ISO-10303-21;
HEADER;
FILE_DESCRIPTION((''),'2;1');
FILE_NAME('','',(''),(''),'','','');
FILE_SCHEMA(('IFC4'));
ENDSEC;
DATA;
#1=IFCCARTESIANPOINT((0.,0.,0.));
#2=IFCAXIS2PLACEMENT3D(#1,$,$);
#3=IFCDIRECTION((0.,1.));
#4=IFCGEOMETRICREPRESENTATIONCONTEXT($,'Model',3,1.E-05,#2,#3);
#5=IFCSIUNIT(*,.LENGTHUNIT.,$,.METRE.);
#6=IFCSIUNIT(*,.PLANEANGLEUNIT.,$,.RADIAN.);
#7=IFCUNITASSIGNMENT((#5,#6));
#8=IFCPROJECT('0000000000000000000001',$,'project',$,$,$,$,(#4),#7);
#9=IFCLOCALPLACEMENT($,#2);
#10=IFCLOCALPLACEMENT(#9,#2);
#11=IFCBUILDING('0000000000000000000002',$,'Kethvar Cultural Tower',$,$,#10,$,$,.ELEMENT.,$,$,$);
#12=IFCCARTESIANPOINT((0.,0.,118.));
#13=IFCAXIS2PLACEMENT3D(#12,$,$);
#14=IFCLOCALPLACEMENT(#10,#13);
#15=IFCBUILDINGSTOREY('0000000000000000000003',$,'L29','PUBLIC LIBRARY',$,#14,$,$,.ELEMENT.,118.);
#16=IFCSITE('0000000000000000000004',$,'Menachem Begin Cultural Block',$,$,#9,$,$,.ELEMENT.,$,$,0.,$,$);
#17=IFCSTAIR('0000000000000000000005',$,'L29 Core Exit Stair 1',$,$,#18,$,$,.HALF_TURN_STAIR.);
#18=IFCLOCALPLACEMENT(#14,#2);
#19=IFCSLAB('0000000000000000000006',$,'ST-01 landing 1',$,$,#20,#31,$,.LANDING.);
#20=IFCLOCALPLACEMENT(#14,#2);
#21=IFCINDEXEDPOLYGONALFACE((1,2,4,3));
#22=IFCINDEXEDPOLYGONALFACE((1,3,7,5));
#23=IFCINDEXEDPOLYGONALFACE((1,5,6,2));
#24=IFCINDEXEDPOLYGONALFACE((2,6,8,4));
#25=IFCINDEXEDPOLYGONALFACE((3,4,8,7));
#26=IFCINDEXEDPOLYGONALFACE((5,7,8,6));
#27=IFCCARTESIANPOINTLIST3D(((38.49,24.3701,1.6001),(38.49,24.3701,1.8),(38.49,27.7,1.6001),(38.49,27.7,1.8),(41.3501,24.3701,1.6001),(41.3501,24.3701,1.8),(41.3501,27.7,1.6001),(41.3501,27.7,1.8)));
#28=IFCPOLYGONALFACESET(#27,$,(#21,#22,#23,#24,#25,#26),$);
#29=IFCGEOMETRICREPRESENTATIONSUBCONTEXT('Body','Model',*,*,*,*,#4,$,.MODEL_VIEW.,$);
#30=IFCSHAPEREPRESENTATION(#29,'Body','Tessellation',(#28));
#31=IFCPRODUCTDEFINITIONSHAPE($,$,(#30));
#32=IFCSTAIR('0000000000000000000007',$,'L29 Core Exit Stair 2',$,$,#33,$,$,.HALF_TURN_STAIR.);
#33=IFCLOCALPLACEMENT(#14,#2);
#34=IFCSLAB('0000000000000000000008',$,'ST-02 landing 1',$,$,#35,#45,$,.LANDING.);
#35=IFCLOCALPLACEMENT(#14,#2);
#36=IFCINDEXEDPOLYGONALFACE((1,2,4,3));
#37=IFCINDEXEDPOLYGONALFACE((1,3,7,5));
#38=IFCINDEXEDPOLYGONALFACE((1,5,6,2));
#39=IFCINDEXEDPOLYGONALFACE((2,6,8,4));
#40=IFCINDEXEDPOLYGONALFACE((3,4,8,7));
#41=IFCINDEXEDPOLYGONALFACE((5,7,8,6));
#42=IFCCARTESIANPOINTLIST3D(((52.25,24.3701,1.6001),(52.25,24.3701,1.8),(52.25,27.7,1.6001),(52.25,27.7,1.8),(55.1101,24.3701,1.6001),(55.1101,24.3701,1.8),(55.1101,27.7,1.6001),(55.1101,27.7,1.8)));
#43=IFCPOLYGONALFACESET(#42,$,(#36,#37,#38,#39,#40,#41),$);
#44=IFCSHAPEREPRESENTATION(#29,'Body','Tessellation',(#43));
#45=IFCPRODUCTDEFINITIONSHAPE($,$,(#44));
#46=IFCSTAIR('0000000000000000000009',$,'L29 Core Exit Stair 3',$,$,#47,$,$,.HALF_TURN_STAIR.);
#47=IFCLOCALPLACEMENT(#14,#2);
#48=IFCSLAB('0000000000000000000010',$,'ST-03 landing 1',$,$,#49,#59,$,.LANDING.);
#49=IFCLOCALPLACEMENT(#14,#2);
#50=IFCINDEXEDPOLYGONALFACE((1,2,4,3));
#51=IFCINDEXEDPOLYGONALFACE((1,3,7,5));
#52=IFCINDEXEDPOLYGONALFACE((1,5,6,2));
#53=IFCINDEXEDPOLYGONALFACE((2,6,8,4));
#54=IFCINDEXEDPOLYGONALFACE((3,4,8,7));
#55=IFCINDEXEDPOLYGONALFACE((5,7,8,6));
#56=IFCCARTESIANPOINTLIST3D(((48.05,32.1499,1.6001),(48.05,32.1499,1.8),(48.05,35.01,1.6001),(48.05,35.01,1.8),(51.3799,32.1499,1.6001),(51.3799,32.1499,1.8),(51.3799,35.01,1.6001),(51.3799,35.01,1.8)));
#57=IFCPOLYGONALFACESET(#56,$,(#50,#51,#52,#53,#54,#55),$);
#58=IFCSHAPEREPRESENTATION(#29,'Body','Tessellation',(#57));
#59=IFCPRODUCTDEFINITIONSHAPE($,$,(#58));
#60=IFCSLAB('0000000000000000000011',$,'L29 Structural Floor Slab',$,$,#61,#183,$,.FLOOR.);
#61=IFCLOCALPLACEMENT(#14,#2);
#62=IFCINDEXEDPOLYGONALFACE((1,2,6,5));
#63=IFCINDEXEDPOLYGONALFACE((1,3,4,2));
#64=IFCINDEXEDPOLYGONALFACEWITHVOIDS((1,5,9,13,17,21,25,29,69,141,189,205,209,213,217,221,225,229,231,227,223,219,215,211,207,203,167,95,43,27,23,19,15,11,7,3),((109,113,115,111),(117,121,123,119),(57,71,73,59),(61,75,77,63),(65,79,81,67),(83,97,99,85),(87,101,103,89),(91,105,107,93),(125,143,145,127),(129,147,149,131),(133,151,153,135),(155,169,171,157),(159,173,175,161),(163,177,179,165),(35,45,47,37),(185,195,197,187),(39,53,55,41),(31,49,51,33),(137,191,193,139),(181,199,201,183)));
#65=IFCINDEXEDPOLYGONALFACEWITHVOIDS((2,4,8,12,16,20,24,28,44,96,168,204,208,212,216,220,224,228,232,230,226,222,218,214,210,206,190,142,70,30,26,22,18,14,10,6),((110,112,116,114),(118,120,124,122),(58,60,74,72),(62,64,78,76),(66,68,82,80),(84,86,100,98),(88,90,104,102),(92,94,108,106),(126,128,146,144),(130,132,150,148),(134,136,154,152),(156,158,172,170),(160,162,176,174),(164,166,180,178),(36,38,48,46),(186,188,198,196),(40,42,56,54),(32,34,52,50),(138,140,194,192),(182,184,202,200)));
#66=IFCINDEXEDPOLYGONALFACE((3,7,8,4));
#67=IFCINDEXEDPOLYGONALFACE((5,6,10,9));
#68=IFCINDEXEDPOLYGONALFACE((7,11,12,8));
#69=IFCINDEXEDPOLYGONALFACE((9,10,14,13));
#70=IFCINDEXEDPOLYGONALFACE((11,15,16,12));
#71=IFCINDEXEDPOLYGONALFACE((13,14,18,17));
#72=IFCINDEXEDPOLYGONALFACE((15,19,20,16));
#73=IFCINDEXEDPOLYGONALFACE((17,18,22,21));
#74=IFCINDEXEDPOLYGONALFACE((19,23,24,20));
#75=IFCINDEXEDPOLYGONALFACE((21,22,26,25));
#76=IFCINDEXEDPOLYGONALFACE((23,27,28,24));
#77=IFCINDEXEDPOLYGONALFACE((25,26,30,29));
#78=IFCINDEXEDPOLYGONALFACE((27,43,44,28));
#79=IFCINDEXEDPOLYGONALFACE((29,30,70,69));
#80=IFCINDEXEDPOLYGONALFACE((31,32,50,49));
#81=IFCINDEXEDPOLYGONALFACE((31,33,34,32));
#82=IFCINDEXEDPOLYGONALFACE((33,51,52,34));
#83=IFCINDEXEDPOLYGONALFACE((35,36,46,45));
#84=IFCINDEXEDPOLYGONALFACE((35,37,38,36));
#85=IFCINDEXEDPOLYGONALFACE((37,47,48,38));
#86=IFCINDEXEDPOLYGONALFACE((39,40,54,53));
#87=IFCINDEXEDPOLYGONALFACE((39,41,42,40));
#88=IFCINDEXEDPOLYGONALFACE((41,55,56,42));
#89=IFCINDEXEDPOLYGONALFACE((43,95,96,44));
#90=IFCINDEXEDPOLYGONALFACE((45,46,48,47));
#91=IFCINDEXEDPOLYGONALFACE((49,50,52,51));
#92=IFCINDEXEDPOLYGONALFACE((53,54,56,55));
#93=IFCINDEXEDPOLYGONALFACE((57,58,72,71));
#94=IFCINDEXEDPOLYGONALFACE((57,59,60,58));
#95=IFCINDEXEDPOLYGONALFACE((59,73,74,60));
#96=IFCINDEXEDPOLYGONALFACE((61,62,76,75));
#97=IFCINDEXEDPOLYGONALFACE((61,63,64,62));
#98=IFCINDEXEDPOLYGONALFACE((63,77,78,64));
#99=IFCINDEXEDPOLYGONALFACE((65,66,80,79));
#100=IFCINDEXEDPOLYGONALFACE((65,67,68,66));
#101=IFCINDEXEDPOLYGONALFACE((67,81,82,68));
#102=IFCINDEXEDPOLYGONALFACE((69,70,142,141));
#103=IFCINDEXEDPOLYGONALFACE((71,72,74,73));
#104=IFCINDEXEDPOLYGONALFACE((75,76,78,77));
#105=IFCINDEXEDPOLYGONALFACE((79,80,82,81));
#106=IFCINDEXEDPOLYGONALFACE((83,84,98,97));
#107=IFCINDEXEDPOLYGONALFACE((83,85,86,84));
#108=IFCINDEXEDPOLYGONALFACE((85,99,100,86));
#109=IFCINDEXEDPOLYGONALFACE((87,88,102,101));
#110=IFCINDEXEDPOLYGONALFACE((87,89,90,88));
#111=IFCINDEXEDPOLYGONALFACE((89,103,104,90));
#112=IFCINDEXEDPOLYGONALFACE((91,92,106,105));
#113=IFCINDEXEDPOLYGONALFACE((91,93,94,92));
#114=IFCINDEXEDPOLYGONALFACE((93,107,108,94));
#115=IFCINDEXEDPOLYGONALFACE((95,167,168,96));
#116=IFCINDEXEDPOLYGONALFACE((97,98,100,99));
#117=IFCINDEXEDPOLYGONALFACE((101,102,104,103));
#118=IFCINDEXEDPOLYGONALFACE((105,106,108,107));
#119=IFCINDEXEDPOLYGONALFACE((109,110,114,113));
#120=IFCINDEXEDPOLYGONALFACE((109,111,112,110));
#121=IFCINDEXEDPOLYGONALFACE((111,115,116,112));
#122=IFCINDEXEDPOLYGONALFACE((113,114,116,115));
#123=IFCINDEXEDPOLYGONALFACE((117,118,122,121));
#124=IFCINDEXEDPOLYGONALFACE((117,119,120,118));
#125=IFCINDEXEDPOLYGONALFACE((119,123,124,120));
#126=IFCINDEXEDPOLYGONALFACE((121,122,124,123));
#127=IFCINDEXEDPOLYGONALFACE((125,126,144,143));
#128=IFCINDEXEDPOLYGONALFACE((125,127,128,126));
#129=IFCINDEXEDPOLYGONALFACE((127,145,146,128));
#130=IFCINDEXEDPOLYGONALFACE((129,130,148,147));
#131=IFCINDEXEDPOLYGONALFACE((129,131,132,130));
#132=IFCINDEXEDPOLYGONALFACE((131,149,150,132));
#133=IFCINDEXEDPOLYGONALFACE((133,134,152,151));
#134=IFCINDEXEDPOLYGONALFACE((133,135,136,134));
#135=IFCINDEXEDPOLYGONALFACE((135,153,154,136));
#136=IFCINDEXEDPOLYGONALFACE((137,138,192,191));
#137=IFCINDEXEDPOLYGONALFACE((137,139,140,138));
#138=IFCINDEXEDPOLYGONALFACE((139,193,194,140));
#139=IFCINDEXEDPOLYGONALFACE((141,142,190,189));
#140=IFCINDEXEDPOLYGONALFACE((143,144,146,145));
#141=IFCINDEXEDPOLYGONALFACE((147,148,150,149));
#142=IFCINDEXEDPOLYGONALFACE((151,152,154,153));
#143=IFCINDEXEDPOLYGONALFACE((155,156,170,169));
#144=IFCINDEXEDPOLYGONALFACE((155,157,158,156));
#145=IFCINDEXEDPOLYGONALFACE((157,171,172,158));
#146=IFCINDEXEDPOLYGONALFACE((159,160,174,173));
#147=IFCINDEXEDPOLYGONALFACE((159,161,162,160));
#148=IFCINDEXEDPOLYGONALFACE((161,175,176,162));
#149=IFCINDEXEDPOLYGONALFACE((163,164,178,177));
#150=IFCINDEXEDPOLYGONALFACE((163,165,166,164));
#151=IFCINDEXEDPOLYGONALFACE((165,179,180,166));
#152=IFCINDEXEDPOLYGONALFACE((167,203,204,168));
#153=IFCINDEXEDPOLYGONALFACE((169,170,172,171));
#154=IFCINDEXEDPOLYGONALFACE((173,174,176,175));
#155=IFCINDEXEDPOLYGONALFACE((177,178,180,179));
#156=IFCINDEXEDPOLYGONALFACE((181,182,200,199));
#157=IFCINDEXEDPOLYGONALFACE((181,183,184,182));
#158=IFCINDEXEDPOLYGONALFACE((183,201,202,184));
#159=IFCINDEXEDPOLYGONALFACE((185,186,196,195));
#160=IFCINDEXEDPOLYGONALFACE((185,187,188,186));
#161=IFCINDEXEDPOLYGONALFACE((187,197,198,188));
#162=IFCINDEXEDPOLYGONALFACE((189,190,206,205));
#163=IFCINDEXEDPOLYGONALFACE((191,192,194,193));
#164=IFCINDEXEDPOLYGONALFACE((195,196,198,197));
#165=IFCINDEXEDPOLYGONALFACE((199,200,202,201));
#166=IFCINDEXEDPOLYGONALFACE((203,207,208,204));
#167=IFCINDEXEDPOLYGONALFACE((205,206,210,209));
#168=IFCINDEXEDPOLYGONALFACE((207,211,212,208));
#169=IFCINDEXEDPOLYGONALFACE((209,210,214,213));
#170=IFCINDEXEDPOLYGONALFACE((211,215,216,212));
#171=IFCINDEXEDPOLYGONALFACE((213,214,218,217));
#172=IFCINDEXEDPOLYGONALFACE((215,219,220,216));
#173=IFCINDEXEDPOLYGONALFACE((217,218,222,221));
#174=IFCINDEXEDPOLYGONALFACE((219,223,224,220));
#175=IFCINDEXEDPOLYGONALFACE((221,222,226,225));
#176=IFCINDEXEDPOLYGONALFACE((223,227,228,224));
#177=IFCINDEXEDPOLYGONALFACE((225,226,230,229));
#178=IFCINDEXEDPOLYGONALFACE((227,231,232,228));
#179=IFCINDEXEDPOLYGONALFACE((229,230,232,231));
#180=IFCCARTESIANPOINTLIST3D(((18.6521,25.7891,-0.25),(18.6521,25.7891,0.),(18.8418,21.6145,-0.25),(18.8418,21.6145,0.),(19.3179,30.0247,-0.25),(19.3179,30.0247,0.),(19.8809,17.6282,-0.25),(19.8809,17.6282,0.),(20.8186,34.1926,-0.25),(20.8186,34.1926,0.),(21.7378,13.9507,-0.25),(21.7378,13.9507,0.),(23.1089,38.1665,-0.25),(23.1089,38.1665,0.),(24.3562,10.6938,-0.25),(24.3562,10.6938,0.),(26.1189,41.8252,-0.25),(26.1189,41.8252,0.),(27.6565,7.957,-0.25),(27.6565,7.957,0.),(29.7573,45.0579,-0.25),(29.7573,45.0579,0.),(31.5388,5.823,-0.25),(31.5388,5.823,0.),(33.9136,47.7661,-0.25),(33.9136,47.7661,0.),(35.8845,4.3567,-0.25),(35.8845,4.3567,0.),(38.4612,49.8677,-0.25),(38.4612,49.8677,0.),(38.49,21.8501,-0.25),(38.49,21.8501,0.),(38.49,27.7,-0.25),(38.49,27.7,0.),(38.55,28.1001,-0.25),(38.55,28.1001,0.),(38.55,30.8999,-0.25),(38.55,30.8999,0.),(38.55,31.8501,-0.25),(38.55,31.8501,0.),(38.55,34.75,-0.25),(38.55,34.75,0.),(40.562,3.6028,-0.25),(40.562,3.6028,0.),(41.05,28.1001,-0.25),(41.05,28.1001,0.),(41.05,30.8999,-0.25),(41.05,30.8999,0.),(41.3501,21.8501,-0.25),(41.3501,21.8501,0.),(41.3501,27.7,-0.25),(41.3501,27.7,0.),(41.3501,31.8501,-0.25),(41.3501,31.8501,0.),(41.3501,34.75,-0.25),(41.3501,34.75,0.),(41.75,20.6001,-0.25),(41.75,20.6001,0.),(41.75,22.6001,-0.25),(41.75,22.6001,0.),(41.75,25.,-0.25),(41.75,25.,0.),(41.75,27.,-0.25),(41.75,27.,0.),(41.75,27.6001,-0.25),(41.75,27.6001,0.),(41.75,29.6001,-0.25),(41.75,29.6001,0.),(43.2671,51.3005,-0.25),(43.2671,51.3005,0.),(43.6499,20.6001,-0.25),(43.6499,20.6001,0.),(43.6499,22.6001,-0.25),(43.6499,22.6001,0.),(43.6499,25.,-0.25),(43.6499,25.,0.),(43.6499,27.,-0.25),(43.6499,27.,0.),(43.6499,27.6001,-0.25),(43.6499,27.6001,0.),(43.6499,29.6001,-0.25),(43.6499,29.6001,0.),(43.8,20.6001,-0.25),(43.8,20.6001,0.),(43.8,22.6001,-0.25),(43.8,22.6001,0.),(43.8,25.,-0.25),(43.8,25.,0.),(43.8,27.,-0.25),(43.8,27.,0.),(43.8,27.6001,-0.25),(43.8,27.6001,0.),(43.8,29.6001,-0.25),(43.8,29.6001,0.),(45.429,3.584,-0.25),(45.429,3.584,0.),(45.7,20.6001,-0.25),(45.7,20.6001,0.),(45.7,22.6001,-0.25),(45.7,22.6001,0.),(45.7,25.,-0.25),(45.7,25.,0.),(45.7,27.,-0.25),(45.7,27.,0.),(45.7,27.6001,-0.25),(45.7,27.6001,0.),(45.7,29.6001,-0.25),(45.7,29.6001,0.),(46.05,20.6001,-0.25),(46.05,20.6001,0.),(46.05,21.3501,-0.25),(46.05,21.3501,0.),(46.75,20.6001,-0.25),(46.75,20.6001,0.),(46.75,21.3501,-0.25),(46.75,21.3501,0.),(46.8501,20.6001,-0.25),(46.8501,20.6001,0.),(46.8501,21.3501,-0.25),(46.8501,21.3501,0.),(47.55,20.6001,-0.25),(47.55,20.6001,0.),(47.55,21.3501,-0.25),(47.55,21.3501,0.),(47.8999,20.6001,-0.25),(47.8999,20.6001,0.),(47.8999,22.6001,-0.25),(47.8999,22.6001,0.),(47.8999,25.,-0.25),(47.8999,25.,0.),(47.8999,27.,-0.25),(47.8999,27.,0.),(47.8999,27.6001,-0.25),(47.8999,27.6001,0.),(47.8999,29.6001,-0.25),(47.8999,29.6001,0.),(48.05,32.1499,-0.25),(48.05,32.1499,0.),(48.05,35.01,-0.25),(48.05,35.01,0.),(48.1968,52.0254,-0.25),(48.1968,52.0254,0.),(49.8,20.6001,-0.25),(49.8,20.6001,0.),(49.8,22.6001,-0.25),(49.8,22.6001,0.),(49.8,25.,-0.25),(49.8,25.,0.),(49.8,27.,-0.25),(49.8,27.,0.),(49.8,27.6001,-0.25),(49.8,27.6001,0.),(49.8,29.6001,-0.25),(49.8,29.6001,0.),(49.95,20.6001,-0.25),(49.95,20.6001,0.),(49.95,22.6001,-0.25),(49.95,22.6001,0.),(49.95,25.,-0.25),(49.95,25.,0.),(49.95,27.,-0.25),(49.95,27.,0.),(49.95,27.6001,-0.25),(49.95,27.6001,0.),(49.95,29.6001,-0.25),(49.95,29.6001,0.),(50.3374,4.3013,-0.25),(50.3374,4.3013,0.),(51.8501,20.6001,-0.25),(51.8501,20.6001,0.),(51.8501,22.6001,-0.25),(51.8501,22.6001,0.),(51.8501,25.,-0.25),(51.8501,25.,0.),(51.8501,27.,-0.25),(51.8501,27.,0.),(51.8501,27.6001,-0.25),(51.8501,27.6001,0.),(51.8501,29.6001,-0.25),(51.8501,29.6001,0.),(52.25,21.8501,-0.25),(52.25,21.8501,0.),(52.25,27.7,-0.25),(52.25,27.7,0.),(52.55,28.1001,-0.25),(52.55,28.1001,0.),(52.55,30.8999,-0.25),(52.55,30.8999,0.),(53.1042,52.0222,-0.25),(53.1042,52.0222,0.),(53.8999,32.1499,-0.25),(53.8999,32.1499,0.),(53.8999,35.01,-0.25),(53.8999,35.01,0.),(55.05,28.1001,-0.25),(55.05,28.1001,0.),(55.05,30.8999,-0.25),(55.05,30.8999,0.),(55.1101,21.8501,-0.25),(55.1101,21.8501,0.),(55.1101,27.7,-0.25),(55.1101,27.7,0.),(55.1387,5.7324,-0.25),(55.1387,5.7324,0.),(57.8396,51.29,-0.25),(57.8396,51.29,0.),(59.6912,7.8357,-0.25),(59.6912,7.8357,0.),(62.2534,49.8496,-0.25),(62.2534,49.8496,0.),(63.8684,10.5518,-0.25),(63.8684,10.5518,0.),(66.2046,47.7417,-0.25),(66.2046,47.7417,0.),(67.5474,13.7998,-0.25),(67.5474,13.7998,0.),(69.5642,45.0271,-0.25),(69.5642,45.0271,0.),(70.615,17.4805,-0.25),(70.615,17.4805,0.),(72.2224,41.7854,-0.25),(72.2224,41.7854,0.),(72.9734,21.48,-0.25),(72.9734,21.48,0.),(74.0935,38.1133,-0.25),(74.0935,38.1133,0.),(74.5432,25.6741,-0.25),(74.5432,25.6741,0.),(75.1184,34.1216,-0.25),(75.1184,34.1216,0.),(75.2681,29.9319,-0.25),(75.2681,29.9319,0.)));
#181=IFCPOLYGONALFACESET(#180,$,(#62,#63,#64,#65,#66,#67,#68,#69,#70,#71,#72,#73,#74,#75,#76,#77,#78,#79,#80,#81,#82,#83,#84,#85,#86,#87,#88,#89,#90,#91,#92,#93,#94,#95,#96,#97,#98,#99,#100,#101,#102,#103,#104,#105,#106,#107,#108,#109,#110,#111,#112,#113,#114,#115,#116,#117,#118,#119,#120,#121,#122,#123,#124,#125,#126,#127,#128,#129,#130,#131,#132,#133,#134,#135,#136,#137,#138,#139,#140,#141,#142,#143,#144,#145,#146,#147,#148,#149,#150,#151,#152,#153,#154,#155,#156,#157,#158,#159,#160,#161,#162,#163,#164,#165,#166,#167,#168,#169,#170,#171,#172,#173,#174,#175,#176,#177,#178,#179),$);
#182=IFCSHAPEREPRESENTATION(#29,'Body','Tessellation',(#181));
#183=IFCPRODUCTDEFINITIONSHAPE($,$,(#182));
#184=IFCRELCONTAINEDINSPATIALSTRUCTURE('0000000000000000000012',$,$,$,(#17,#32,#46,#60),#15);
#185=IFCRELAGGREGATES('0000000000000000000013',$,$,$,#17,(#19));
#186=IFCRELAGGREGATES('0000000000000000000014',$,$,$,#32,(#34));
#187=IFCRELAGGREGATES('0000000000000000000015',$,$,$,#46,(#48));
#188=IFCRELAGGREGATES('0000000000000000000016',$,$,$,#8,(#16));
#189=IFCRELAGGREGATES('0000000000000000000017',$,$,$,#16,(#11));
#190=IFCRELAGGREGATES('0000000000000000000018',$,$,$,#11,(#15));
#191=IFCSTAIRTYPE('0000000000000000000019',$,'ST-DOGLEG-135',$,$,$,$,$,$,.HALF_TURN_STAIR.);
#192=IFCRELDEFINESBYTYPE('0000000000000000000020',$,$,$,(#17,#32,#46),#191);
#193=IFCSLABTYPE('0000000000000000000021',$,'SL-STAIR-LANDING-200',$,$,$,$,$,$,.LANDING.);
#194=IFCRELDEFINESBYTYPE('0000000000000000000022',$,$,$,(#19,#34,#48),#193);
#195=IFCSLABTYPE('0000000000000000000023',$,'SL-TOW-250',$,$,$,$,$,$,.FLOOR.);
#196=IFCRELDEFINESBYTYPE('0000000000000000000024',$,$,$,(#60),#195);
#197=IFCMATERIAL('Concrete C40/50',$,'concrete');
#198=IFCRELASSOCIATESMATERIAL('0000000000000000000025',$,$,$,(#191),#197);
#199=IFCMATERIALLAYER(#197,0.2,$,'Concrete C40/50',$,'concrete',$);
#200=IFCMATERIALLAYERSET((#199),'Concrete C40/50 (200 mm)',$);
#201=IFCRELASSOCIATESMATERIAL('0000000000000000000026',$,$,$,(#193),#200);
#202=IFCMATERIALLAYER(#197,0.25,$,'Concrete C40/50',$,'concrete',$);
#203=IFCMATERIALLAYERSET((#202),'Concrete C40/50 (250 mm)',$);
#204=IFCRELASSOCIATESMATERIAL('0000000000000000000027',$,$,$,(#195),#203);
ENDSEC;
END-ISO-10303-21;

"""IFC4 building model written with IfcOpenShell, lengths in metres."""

from ifc_helpers import new_model, si_unit, direction, frame, origin, place, context, subcontext, project, spatial, polyline, outline, extrude, material, layer, layer_set, type_object, element, aggregate, save


model = new_model("IFC4")

# Units and contexts
model_context = context("Model", 3, precision=1e-05, world=origin(), true_north=direction((0.0, 1.0)))
body_context = subcontext(model_context, "Body", "Model", "MODEL_VIEW")
ifc_project = project(units=[si_unit("LENGTHUNIT", "METRE"), si_unit("PLANEANGLEUNIT", "RADIAN")], contexts=[model_context])

# Site, building, storey
site_placement = place(None, origin())
site = spatial("IfcSite", under=ifc_project, at=site_placement, Name="Menachem Begin Cultural Block", CompositionType="ELEMENT", RefElevation=0.0)
building_placement = place(site_placement, origin())
building = spatial("IfcBuilding", under=site, at=building_placement, Name="Kethvar Cultural Tower", CompositionType="ELEMENT")
storey_placement = place(building_placement, frame((0.0, 0.0, 118.0)))
storey = spatial("IfcBuildingStorey", under=building, at=storey_placement, Name="L29", Description="PUBLIC LIBRARY", CompositionType="ELEMENT", Elevation=118.0)

# Stairs, slabs
ifc_material_1 = material(Name="Concrete C40/50", Category="concrete")
stair_type = type_object("IfcStairType", Name="ST-DOGLEG-135", PredefinedType="HALF_TURN_STAIR", material=ifc_material_1)
stair_1_placement = place(storey_placement, origin())
stair_1 = element("IfcStair", 1, at=stair_1_placement, inside=storey, type_object=stair_type, Name="L29 Core Exit Stair 1", PredefinedType="HALF_TURN_STAIR")
ifc_layer_1 = layer(ifc_material_1, 0.2, Name="Concrete C40/50", Category="concrete")
ifc_layer_set_1 = layer_set([ifc_layer_1], Name="Concrete C40/50 (200 mm)")
slab_type_1 = type_object("IfcSlabType", Name="SL-STAIR-LANDING-200", PredefinedType="LANDING", material=ifc_layer_set_1)
slab_1_placement = place(storey_placement, frame((0.0, 0.0, 1.6001)))
slab_1 = element("IfcSlab", 2, at=slab_1_placement, type_object=slab_type_1, Name="ST-01 landing 1", PredefinedType="LANDING", context=body_context, shape_type="SweptSolid", body=[
    extrude(outline(polyline([(41.3501, 24.3701), (41.3501, 27.7), (38.49, 27.7), (38.49, 24.3701), (41.3501, 24.3701)])), origin(), (0.0, 0.0, 1.0), 0.2),
])
aggregate(stair_1, [slab_1])
stair_2_placement = place(storey_placement, origin())
stair_2 = element("IfcStair", 3, at=stair_2_placement, inside=storey, type_object=stair_type, Name="L29 Core Exit Stair 2", PredefinedType="HALF_TURN_STAIR")
slab_2_placement = place(storey_placement, frame((0.0, 0.0, 1.6001)))
slab_2 = element("IfcSlab", 4, at=slab_2_placement, type_object=slab_type_1, Name="ST-02 landing 1", PredefinedType="LANDING", context=body_context, shape_type="SweptSolid", body=[
    extrude(outline(polyline([(55.1101, 24.3701), (55.1101, 27.7), (52.25, 27.7), (52.25, 24.3701), (55.1101, 24.3701)])), origin(), (0.0, 0.0, 1.0), 0.2),
])
aggregate(stair_2, [slab_2])
stair_3_placement = place(storey_placement, origin())
stair_3 = element("IfcStair", 5, at=stair_3_placement, inside=storey, type_object=stair_type, Name="L29 Core Exit Stair 3", PredefinedType="HALF_TURN_STAIR")
slab_3_placement = place(storey_placement, frame((0.0, 0.0, 1.6001)))
slab_3 = element("IfcSlab", 6, at=slab_3_placement, type_object=slab_type_1, Name="ST-03 landing 1", PredefinedType="LANDING", context=body_context, shape_type="SweptSolid", body=[
    extrude(outline(polyline([(51.3799, 35.01), (48.05, 35.01), (48.05, 32.1499), (51.3799, 32.1499), (51.3799, 35.01)])), origin(), (0.0, 0.0, 1.0), 0.2),
])
aggregate(stair_3, [slab_3])

# Slab
ifc_layer_2 = layer(ifc_material_1, 0.25, Name="Concrete C40/50", Category="concrete")
ifc_layer_set_2 = layer_set([ifc_layer_2], Name="Concrete C40/50 (250 mm)")
slab_type_2 = type_object("IfcSlabType", Name="SL-TOW-250", PredefinedType="FLOOR", material=ifc_layer_set_2)
slab_4_placement = place(storey_placement, frame((0.0, 0.0, -0.25)))
element("IfcSlab", 7, at=slab_4_placement, inside=storey, type_object=slab_type_2, Name="L29 Structural Floor Slab", PredefinedType="FLOOR", context=body_context, shape_type="SweptSolid", body=[
    extrude(outline(polyline([(74.0935, 38.1133), (72.2224, 41.7854), (69.5642, 45.0271), (66.2046, 47.7417), (62.2534, 49.8496), (57.8396, 51.29), (53.1042, 52.0222), (48.1968, 52.0254), (43.2671, 51.3005), (38.4612, 49.8677), (33.9136, 47.7661), (29.7573, 45.0579), (26.1189, 41.8252), (23.1089, 38.1665), (20.8186, 34.1926), (19.3179, 30.0247), (18.6521, 25.7891), (18.8418, 21.6145), (19.8809, 17.6282), (21.7378, 13.9507), (24.3562, 10.6938), (27.6565, 7.957), (31.5388, 5.823), (35.8845, 4.3567), (40.562, 3.6028), (45.429, 3.584), (50.3374, 4.3013), (55.1387, 5.7324), (59.6912, 7.8357), (63.8684, 10.5518), (67.5474, 13.7998), (70.615, 17.4805), (72.9734, 21.48), (74.5432, 25.6741), (75.2681, 29.9319), (75.1184, 34.1216), (74.0935, 38.1133)]), holes=[polyline([(38.49, 21.8501), (38.49, 27.7), (41.3501, 27.7), (41.3501, 21.8501), (38.49, 21.8501)]), polyline([(52.25, 21.8501), (52.25, 27.7), (55.1101, 27.7), (55.1101, 21.8501), (52.25, 21.8501)]), polyline([(53.8999, 32.1499), (48.05, 32.1499), (48.05, 35.01), (53.8999, 35.01), (53.8999, 32.1499)]), polyline([(41.75, 22.6001), (43.6499, 22.6001), (43.6499, 20.6001), (41.75, 20.6001), (41.75, 22.6001)]), polyline([(43.8, 22.6001), (45.7, 22.6001), (45.7, 20.6001), (43.8, 20.6001), (43.8, 22.6001)]), polyline([(47.8999, 22.6001), (49.8, 22.6001), (49.8, 20.6001), (47.8999, 20.6001), (47.8999, 22.6001)]), polyline([(49.95, 22.6001), (51.8501, 22.6001), (51.8501, 20.6001), (49.95, 20.6001), (49.95, 22.6001)]), polyline([(41.75, 27.0), (43.6499, 27.0), (43.6499, 25.0), (41.75, 25.0), (41.75, 27.0)]), polyline([(43.8, 27.0), (45.7, 27.0), (45.7, 25.0), (43.8, 25.0), (43.8, 27.0)]), polyline([(47.8999, 27.0), (49.8, 27.0), (49.8, 25.0), (47.8999, 25.0), (47.8999, 27.0)]), polyline([(49.95, 27.0), (51.8501, 27.0), (51.8501, 25.0), (49.95, 25.0), (49.95, 27.0)]), polyline([(41.75, 29.6001), (43.6499, 29.6001), (43.6499, 27.6001), (41.75, 27.6001), (41.75, 29.6001)]), polyline([(43.8, 29.6001), (45.7, 29.6001), (45.7, 27.6001), (43.8, 27.6001), (43.8, 29.6001)]), polyline([(47.8999, 29.6001), (49.8, 29.6001), (49.8, 27.6001), (47.8999, 27.6001), (47.8999, 29.6001)]), polyline([(49.95, 29.6001), (51.8501, 29.6001), (51.8501, 27.6001), (49.95, 27.6001), (49.95, 29.6001)]), polyline([(38.55, 30.8999), (41.05, 30.8999), (41.05, 28.1001), (38.55, 28.1001), (38.55, 30.8999)]), polyline([(52.55, 30.8999), (55.05, 30.8999), (55.05, 28.1001), (52.55, 28.1001), (52.55, 30.8999)]), polyline([(38.55, 34.75), (41.3501, 34.75), (41.3501, 31.8501), (38.55, 31.8501), (38.55, 34.75)]), polyline([(46.05, 21.3501), (46.75, 21.3501), (46.75, 20.6001), (46.05, 20.6001), (46.05, 21.3501)]), polyline([(46.8501, 21.3501), (47.55, 21.3501), (47.55, 20.6001), (46.8501, 20.6001), (46.8501, 21.3501)])]), origin(), (0.0, 0.0, 1.0), 0.25),
])

save(model, "model.ifc")
